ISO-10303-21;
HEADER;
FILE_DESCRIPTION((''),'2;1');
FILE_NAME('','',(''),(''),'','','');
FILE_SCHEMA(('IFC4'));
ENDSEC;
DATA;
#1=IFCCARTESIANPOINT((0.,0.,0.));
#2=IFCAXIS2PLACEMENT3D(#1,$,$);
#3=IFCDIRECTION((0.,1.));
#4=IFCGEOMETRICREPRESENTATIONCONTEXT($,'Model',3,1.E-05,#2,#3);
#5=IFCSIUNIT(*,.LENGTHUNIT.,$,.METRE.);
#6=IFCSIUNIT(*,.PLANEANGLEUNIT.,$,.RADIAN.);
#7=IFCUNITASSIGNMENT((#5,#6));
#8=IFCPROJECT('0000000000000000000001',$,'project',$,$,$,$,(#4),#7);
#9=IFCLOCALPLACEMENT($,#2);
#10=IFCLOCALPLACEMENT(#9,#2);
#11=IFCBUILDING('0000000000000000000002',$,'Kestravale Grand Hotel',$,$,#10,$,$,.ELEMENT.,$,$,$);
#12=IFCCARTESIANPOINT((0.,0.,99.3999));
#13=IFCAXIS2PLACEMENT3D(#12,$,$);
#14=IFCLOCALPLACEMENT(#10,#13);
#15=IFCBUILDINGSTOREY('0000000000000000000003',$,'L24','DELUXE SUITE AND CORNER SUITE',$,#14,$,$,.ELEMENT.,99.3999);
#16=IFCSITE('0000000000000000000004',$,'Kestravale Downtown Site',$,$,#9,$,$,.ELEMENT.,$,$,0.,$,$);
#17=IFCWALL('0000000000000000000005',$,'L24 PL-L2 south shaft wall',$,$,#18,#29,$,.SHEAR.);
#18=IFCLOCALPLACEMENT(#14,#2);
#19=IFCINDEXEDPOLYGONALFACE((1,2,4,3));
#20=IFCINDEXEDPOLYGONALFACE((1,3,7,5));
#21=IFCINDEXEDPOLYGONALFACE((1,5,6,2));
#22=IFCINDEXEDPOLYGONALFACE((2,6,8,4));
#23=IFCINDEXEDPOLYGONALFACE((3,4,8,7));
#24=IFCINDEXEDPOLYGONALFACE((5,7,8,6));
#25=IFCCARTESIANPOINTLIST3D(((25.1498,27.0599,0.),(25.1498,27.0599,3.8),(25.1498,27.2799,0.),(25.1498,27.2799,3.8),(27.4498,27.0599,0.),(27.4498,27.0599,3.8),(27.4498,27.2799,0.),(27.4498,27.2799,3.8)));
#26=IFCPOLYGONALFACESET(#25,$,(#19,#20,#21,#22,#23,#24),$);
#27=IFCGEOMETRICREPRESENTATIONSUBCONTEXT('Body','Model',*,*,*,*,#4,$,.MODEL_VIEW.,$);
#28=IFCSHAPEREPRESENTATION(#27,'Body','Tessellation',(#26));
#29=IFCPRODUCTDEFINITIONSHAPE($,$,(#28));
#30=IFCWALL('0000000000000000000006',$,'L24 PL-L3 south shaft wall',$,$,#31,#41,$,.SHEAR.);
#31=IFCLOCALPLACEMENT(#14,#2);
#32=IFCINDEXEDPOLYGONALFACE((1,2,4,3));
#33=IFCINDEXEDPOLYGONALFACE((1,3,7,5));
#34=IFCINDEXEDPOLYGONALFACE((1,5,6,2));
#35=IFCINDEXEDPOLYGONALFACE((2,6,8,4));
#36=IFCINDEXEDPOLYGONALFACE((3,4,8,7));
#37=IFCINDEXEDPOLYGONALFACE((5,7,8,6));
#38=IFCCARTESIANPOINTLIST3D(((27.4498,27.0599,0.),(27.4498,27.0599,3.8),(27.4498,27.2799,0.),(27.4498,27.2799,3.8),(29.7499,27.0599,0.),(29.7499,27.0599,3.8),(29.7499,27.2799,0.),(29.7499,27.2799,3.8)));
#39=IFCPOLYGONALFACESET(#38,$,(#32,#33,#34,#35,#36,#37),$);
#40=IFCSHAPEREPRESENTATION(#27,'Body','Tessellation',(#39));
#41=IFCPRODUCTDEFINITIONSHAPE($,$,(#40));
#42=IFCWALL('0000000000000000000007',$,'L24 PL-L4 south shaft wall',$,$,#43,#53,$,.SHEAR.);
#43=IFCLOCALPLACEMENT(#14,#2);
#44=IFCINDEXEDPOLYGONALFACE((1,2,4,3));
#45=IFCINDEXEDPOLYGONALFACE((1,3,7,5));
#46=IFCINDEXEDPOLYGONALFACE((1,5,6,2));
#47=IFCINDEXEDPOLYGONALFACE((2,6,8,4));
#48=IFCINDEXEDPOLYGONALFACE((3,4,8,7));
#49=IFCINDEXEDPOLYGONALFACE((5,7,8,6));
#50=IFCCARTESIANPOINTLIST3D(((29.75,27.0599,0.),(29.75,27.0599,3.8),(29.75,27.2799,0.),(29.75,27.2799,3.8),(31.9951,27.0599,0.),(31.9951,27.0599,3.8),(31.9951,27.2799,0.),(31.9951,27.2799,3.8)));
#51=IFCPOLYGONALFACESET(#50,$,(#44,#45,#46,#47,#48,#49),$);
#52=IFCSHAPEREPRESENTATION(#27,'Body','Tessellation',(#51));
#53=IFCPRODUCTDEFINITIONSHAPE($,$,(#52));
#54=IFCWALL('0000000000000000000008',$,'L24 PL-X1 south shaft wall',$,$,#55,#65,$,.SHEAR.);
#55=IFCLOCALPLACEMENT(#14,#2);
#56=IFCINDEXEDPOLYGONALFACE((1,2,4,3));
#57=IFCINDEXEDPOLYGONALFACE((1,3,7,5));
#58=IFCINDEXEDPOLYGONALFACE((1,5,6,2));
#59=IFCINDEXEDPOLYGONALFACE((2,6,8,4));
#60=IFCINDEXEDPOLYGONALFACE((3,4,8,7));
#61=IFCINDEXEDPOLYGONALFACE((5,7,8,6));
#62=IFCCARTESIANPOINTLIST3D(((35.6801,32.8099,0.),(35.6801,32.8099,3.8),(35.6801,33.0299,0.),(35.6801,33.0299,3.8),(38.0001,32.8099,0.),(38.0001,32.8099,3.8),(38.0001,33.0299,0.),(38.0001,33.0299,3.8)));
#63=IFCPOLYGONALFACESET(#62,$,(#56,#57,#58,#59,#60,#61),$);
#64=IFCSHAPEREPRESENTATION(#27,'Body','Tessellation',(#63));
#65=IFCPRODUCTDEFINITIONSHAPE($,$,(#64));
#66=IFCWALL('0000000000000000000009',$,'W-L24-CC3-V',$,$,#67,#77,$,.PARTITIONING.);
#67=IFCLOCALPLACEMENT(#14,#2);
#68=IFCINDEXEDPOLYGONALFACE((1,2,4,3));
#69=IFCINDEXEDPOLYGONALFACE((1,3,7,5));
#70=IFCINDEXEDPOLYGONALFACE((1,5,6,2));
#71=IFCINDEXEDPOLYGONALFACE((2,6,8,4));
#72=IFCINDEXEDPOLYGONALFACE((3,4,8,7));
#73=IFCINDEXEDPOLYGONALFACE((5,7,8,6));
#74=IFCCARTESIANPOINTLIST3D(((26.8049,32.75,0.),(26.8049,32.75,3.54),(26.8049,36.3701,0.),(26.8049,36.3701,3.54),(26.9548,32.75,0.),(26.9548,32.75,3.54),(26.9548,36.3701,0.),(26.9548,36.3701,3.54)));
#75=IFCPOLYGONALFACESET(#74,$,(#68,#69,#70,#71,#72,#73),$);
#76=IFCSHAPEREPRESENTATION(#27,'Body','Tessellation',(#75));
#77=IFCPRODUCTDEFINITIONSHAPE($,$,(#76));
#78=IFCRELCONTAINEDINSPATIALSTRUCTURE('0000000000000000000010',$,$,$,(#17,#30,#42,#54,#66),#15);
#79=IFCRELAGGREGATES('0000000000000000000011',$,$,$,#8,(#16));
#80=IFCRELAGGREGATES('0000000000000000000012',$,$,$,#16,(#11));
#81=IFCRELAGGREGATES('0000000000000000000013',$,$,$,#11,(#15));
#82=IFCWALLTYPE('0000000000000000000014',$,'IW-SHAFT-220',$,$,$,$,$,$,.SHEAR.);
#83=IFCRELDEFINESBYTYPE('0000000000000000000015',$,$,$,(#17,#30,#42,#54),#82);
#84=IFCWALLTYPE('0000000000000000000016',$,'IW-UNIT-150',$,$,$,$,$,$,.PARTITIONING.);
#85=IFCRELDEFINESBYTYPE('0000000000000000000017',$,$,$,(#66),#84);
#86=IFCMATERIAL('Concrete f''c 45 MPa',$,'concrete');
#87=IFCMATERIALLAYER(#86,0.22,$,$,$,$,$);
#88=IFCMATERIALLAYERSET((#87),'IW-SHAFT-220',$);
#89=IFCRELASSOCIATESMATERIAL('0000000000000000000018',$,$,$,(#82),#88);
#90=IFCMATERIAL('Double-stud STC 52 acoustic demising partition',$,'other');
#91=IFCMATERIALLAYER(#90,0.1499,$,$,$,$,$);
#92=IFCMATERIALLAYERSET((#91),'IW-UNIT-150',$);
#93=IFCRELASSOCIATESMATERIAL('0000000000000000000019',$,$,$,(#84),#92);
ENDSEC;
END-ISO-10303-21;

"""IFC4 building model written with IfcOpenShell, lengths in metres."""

from ifc_helpers import new_model, si_unit, direction, frame, frame_2d, origin, place, context, subcontext, project, spatial, rectangle, extrude, material, layer, layer_set, type_object, element, save


model = new_model("IFC4")

# Units and contexts
model_context = context("Model", 3, precision=1e-05, world=origin(), true_north=direction((0.0, 1.0)))
body_context = subcontext(model_context, "Body", "Model", "MODEL_VIEW")
ifc_project = project(units=[si_unit("LENGTHUNIT", "METRE"), si_unit("PLANEANGLEUNIT", "RADIAN")], contexts=[model_context])

# Site, building, storey
site_placement = place(None, origin())
site = spatial("IfcSite", under=ifc_project, at=site_placement, Name="Kestravale Downtown Site", CompositionType="ELEMENT", RefElevation=0.0)
building_placement = place(site_placement, origin())
building = spatial("IfcBuilding", under=site, at=building_placement, Name="Kestravale Grand Hotel", CompositionType="ELEMENT")
storey_placement = place(building_placement, frame((0.0, 0.0, 99.3999)))
storey = spatial("IfcBuildingStorey", under=building, at=storey_placement, Name="L24", Description="DELUXE SUITE AND CORNER SUITE", CompositionType="ELEMENT", Elevation=99.3999)

# Shared definitions
ifc_material_1 = material(Name="Concrete f'c 45 MPa", Category="concrete")
ifc_layer_1 = layer(ifc_material_1, 0.22)
ifc_layer_set_1 = layer_set([ifc_layer_1], Name="IW-SHAFT-220")
wall_type_1 = type_object("IfcWallType", Name="IW-SHAFT-220", PredefinedType="SHEAR", material=ifc_layer_set_1)

# Wall
wall_1_placement = place(storey_placement, frame((25.1499, 27.1699, 0.0), z_axis=(0.0, 0.0, 1.0), x_axis=(1.0, 0.0, 0.0)))
element("IfcWall", 1, at=wall_1_placement, inside=storey, type_object=wall_type_1, Name="L24 PL-L2 south shaft wall", PredefinedType="SHEAR", context=body_context, shape_type="SweptSolid", body=[
    extrude(rectangle(XDim=2.3, YDim=0.22, at=frame_2d((1.1499, 0.0))), origin(), (0.0, 0.0, 1.0), 3.8),
])

# Wall
wall_2_placement = place(storey_placement, frame((27.45, 27.1699, 0.0), z_axis=(0.0, 0.0, 1.0), x_axis=(1.0, 0.0, 0.0)))
element("IfcWall", 2, at=wall_2_placement, inside=storey, type_object=wall_type_1, Name="L24 PL-L3 south shaft wall", PredefinedType="SHEAR", context=body_context, shape_type="SweptSolid", body=[
    extrude(rectangle(XDim=2.3, YDim=0.22, at=frame_2d((1.1499, 0.0))), origin(), (0.0, 0.0, 1.0), 3.8),
])

# Walls
wall_3_placement = place(storey_placement, frame((29.75, 27.1699, 0.0), z_axis=(0.0, 0.0, 1.0), x_axis=(1.0, 0.0, 0.0)))
element("IfcWall", 3, at=wall_3_placement, inside=storey, type_object=wall_type_1, Name="L24 PL-L4 south shaft wall", PredefinedType="SHEAR", context=body_context, shape_type="SweptSolid", body=[
    extrude(rectangle(XDim=2.2451, YDim=0.22, at=frame_2d((1.1226, 0.0))), origin(), (0.0, 0.0, 1.0), 3.8),
])
wall_4_placement = place(storey_placement, frame((35.6799, 32.9199, 0.0), z_axis=(0.0, 0.0, 1.0), x_axis=(1.0, 0.0, 0.0)))
element("IfcWall", 4, at=wall_4_placement, inside=storey, type_object=wall_type_1, Name="L24 PL-X1 south shaft wall", PredefinedType="SHEAR", context=body_context, shape_type="SweptSolid", body=[
    extrude(rectangle(XDim=2.3201, YDim=0.22, at=frame_2d((1.1602, 0.0))), origin(), (0.0, 0.0, 1.0), 3.8),
])
ifc_material_2 = material(Name="Double-stud STC 52 acoustic demising partition", Category="other")
ifc_layer_2 = layer(ifc_material_2, 0.1499)
ifc_layer_set_2 = layer_set([ifc_layer_2], Name="IW-UNIT-150")
wall_type_2 = type_object("IfcWallType", Name="IW-UNIT-150", PredefinedType="PARTITIONING", material=ifc_layer_set_2)
wall_5_placement = place(storey_placement, frame((26.8799, 32.75, 0.0), z_axis=(0.0, 0.0, 1.0), x_axis=(0.0, 1.0, 0.0)))
element("IfcWall", 5, at=wall_5_placement, inside=storey, type_object=wall_type_2, Name="W-L24-CC3-V", PredefinedType="PARTITIONING", context=body_context, shape_type="SweptSolid", body=[
    extrude(rectangle(XDim=3.6201, YDim=0.1499, at=frame_2d((1.8101, 0.0))), origin(), (0.0, 0.0, 1.0), 3.54),
])

save(model, "model.ifc")
